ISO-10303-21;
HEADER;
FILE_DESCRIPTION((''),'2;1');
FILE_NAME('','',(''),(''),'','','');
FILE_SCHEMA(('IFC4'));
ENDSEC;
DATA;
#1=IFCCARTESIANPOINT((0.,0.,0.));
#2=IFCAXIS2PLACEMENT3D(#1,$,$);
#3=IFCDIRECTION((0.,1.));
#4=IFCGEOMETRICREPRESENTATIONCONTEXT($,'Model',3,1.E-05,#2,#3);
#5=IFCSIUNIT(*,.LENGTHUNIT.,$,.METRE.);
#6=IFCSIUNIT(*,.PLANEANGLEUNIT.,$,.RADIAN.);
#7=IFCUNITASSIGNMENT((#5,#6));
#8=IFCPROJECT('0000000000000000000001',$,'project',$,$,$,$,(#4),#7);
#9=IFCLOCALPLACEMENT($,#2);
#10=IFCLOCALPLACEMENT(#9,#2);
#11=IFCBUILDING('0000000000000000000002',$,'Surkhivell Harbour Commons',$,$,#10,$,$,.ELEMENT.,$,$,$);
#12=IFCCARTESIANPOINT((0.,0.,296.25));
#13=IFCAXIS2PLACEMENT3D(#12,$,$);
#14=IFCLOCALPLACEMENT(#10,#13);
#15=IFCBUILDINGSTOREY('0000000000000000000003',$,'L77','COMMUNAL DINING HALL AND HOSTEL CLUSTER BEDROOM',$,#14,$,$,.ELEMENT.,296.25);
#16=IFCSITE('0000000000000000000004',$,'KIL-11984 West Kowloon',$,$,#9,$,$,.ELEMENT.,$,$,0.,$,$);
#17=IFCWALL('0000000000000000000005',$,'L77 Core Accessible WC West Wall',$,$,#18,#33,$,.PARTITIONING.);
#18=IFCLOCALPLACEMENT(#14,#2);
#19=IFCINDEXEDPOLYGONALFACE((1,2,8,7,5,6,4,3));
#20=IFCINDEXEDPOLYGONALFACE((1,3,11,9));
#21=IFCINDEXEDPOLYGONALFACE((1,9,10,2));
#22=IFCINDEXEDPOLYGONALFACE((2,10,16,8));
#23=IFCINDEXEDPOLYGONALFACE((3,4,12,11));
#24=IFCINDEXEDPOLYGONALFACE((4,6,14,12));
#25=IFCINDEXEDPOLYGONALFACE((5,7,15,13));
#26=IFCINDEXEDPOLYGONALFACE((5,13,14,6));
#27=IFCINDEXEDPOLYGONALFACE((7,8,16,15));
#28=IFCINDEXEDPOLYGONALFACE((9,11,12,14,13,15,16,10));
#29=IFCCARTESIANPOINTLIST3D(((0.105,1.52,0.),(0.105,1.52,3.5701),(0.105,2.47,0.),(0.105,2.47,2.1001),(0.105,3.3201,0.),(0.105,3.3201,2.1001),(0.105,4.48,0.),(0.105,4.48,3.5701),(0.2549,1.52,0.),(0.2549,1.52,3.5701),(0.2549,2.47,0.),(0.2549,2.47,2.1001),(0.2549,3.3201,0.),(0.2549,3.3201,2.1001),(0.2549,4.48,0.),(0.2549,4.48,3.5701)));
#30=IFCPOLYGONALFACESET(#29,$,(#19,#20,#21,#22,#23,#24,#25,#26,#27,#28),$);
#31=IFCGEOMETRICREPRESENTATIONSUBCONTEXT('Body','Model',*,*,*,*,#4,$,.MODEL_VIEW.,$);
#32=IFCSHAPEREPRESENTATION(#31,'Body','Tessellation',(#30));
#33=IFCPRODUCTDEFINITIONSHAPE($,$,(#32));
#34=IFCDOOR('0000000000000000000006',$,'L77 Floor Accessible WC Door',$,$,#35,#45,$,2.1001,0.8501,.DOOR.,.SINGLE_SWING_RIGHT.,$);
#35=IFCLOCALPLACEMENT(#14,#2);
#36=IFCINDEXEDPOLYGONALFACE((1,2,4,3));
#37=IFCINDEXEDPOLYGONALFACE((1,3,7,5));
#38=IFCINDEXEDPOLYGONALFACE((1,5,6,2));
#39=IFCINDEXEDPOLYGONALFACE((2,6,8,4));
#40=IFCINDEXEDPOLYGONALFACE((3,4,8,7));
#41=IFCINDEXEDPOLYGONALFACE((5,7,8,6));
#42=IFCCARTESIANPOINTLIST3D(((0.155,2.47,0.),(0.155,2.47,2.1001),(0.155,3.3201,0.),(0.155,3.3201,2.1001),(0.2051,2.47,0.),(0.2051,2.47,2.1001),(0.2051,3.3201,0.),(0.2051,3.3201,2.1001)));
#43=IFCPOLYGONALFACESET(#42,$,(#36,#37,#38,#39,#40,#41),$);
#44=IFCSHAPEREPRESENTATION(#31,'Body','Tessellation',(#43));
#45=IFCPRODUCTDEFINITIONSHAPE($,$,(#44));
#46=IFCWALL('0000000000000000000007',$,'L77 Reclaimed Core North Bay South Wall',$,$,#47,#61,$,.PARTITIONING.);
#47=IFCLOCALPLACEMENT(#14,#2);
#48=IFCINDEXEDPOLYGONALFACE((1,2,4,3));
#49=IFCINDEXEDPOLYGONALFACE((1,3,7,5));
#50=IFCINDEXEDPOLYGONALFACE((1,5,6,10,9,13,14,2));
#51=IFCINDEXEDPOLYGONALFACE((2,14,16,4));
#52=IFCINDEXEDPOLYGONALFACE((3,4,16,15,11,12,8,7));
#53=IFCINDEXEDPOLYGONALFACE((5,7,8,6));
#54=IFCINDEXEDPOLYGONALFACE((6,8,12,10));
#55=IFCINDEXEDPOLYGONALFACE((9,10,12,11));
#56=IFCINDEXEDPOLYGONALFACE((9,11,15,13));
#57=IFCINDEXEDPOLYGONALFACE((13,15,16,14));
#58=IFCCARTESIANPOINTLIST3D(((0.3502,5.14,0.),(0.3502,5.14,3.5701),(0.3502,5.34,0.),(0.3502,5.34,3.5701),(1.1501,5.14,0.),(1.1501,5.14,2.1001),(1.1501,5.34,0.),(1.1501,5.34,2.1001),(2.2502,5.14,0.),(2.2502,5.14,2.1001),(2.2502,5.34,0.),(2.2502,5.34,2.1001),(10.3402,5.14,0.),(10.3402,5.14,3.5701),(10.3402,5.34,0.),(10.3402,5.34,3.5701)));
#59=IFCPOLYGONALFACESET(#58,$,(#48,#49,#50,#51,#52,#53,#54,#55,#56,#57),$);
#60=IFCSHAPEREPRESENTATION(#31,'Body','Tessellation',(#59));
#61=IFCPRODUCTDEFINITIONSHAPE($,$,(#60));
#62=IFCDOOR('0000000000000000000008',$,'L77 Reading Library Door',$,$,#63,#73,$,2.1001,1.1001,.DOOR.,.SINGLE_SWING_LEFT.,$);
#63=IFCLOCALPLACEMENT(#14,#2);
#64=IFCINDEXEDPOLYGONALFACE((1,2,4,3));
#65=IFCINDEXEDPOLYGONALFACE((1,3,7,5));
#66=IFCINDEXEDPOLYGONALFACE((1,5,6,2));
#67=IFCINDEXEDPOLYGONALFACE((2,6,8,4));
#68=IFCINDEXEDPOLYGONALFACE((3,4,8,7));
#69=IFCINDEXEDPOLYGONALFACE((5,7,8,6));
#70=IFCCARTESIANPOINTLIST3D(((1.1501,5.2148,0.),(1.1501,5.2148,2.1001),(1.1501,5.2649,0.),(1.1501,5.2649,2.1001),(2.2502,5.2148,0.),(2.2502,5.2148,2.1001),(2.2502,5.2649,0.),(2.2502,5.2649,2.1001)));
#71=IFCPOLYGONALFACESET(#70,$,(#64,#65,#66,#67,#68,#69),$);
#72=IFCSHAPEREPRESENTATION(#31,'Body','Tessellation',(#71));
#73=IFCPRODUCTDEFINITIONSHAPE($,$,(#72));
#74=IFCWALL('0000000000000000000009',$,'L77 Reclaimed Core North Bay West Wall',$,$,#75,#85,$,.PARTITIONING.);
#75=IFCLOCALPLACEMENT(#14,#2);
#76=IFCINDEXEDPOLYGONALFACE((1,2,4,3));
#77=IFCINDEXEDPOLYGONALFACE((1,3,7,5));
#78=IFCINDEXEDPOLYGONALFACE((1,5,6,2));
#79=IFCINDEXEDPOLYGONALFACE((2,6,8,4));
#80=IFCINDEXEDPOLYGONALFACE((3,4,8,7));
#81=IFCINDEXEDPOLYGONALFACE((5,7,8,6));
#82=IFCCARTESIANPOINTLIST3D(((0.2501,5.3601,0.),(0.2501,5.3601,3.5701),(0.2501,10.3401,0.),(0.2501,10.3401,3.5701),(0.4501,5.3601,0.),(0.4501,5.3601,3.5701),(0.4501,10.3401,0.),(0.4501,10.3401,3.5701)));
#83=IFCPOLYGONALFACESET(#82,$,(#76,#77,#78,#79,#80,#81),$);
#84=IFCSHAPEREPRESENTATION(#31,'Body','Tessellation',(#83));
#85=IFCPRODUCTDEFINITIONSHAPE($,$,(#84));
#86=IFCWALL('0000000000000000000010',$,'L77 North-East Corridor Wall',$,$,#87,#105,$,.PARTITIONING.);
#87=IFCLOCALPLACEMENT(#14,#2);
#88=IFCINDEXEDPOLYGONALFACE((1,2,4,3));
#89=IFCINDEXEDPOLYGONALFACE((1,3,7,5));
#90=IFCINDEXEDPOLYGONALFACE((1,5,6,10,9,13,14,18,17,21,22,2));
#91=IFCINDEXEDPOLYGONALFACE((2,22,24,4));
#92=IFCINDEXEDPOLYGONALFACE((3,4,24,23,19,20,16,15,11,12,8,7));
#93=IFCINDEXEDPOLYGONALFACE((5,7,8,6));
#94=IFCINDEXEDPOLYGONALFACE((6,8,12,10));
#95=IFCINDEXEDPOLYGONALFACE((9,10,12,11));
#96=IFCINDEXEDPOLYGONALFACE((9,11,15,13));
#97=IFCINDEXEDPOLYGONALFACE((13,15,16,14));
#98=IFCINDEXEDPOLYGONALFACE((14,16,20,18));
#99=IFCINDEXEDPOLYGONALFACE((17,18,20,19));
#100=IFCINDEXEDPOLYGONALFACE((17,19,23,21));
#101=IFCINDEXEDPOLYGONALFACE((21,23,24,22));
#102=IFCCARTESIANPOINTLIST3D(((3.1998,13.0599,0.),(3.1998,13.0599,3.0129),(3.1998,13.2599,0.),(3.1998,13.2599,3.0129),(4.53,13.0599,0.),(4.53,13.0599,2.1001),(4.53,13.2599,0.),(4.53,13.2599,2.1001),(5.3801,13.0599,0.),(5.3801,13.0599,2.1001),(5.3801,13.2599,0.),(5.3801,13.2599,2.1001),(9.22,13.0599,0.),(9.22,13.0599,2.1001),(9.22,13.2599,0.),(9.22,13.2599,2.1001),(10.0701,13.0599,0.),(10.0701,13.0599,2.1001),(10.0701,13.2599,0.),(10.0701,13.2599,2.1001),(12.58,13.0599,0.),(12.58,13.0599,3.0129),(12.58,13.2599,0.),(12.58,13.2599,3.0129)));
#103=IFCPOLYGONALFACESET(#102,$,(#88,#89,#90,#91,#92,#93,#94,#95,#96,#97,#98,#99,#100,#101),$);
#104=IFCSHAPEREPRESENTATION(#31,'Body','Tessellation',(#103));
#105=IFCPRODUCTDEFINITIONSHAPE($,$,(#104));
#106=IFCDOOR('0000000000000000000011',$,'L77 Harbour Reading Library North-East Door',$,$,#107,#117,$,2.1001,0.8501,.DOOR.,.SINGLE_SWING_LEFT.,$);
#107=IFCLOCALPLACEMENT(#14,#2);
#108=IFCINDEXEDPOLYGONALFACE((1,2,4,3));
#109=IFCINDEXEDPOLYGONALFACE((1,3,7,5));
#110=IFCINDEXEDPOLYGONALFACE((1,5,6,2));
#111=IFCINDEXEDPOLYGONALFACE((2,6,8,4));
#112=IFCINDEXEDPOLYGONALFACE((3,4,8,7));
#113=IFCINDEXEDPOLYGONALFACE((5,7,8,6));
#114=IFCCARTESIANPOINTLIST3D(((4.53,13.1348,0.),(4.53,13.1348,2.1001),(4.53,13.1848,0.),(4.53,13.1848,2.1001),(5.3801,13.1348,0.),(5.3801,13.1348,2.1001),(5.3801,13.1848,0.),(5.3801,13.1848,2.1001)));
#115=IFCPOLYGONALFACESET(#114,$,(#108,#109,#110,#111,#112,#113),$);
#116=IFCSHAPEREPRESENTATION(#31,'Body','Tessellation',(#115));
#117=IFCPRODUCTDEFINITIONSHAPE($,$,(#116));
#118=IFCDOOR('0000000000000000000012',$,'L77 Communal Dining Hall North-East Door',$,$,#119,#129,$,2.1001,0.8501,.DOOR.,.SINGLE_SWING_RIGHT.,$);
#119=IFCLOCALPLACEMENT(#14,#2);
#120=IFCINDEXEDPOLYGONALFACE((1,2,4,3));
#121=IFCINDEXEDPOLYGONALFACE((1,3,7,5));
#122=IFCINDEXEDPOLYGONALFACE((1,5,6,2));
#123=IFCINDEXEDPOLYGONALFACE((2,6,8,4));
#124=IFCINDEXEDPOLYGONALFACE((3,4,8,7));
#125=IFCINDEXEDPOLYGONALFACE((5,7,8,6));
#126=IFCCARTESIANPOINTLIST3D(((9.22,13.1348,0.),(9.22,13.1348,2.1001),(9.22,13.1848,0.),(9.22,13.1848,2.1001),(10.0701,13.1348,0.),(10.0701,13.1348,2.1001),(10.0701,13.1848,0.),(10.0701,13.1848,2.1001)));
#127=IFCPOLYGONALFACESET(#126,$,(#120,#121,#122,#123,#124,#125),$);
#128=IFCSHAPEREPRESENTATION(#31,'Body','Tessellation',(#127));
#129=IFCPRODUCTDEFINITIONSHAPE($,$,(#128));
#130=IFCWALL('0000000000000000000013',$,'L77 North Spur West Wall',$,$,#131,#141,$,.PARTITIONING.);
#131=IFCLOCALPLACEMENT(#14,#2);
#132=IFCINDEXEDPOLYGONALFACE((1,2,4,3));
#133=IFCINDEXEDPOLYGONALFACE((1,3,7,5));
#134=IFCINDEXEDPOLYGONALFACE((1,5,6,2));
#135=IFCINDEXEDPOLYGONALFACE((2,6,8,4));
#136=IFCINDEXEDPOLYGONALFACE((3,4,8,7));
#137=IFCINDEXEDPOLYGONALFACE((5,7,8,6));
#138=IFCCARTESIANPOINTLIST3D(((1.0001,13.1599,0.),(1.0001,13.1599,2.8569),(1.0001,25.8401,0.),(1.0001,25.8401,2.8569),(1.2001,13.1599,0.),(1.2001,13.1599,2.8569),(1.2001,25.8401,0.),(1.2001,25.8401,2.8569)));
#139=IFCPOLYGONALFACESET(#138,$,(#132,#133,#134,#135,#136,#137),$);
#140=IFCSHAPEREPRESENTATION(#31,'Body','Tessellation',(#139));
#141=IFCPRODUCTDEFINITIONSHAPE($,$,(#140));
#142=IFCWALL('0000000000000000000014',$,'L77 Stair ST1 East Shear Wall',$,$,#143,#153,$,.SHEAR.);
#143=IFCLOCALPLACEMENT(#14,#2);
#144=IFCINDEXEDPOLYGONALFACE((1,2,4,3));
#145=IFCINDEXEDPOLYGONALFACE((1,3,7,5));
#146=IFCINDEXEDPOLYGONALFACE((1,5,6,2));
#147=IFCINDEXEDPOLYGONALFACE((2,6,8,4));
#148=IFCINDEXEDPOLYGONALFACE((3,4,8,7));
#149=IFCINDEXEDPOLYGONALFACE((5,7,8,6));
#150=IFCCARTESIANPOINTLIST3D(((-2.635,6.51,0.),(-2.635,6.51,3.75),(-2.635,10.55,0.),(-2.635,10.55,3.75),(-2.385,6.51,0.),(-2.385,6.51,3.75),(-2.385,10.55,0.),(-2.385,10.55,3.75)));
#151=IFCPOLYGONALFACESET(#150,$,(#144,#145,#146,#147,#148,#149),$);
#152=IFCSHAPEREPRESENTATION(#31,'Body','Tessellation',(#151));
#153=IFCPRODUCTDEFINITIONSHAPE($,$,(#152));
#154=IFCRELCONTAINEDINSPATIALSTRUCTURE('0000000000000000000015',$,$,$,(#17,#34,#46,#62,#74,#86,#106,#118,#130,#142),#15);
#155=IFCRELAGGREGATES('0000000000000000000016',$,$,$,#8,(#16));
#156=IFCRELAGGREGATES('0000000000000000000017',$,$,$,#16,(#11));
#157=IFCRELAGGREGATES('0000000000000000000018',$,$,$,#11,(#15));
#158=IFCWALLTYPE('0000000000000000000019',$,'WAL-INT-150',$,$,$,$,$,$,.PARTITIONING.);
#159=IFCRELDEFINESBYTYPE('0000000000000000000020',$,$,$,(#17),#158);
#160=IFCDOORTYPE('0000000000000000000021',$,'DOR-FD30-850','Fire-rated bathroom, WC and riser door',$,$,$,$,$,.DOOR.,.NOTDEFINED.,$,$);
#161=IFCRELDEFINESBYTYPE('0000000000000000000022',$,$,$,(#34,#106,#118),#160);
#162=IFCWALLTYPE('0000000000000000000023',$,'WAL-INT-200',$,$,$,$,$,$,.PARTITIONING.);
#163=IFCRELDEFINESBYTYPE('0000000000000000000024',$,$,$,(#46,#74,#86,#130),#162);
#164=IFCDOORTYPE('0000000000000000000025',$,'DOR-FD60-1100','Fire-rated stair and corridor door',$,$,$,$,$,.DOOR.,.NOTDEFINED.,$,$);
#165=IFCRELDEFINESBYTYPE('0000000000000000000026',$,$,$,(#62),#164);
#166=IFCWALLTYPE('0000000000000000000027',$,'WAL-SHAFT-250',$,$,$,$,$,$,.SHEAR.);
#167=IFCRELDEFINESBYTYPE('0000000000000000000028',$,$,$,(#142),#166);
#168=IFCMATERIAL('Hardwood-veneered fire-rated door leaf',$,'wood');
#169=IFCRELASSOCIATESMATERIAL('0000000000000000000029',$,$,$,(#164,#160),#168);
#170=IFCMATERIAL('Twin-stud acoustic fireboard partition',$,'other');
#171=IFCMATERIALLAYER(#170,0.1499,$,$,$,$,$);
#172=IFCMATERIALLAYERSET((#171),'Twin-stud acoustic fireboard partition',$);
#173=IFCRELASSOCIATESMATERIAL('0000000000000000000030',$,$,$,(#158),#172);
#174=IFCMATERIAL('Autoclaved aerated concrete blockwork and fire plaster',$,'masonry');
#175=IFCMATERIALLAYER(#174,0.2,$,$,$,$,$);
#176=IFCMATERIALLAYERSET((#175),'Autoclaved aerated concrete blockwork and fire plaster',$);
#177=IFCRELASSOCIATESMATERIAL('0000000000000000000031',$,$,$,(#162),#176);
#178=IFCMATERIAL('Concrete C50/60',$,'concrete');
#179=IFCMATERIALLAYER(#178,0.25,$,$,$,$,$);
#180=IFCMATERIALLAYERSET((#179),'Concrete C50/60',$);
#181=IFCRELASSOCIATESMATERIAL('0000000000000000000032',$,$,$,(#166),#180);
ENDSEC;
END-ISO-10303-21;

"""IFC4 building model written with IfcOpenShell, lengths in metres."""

from ifc_helpers import new_model, si_unit, direction, frame, frame_2d, origin, place, context, subcontext, project, spatial, rectangle, extrude, material, layer, layer_set, type_object, element, fill, save


model = new_model("IFC4")

# Units and contexts
model_context = context("Model", 3, precision=1e-05, world=origin(), true_north=direction((0.0, 1.0)))
body_context = subcontext(model_context, "Body", "Model", "MODEL_VIEW")
ifc_project = project(units=[si_unit("LENGTHUNIT", "METRE"), si_unit("PLANEANGLEUNIT", "RADIAN")], contexts=[model_context])

# Site, building, storey
site_placement = place(None, origin())
site = spatial("IfcSite", under=ifc_project, at=site_placement, Name="KIL-11984 West Kowloon", CompositionType="ELEMENT", RefElevation=0.0)
building_placement = place(site_placement, origin())
building = spatial("IfcBuilding", under=site, at=building_placement, Name="Surkhivell Harbour Commons", CompositionType="ELEMENT")
storey_placement = place(building_placement, frame((0.0, 0.0, 296.25)))
storey = spatial("IfcBuildingStorey", under=building, at=storey_placement, Name="L77", Description="COMMUNAL DINING HALL AND HOSTEL CLUSTER BEDROOM", CompositionType="ELEMENT", Elevation=296.25)

# Shared definitions
ifc_material_1 = material(Name="Concrete C50/60", Category="concrete")
ifc_material_2 = material(Name="Hardwood-veneered fire-rated door leaf", Category="wood")
door_type_1 = type_object("IfcDoorType", Name="DOR-FD60-1100", Description="Fire-rated stair and corridor door", OperationType="NOTDEFINED", PredefinedType="DOOR", material=ifc_material_2)

# Shared definitions
ifc_material_3 = material(Name="Twin-stud acoustic fireboard partition", Category="other")
ifc_layer_1 = layer(ifc_material_3, 0.1499)
ifc_layer_set_1 = layer_set([ifc_layer_1], Name="Twin-stud acoustic fireboard partition")
wall_type_1 = type_object("IfcWallType", Name="WAL-INT-150", PredefinedType="PARTITIONING", material=ifc_layer_set_1)

# Walls, openings, doors
wall_1_placement = place(storey_placement, frame((0.1799, 1.52, 0.0), z_axis=(0.0, 0.0, 1.0), x_axis=(0.0, 1.0, 0.0)))
wall_1 = element("IfcWall", 1, at=wall_1_placement, inside=storey, type_object=wall_type_1, Name="L77 Core Accessible WC West Wall", PredefinedType="PARTITIONING", context=body_context, shape_type="SweptSolid", body=[
    extrude(rectangle(XDim=2.96, YDim=0.1499, at=frame_2d((1.48, 0.0))), origin(), (0.0, 0.0, 1.0), 3.5701),
])
opening_1_placement = place(wall_1_placement, frame((0.95, 0.0, 0.0)))
opening_1 = element("IfcOpeningElement", 2, at=opening_1_placement, cuts=wall_1, PredefinedType="OPENING", context=body_context, shape_type="SweptSolid", body=[
    extrude(rectangle(XDim=0.8501, YDim=2.1001, at=frame_2d((0.425, 1.05))), frame((0.0, 0.085, 0.0), z_axis=(0.0, -1.0, 0.0), x_axis=(1.0, 0.0, 0.0)), (0.0, 0.0, 1.0), 0.1699),
])
door_type_2 = type_object("IfcDoorType", Name="DOR-FD30-850", Description="Fire-rated bathroom, WC and riser door", OperationType="NOTDEFINED", PredefinedType="DOOR", material=ifc_material_2)
door_1_placement = place(opening_1_placement, origin())
door_1 = element("IfcDoor", 3, at=door_1_placement, inside=storey, type_object=door_type_2, Name="L77 Floor Accessible WC Door", OperationType="SINGLE_SWING_RIGHT", OverallHeight=2.1001, OverallWidth=0.8501, PredefinedType="DOOR", context=body_context, shape_type="SweptSolid", body=[
    extrude(rectangle(XDim=0.8501, YDim=2.1001, at=frame_2d((0.425, 1.05))), frame((0.0, 0.0249, 0.0), z_axis=(0.0, -1.0, 0.0), x_axis=(1.0, 0.0, 0.0)), (0.0, 0.0, 1.0), 0.05),
])
fill(opening_1, door_1)
ifc_material_4 = material(Name="Autoclaved aerated concrete blockwork and fire plaster", Category="masonry")
ifc_layer_2 = layer(ifc_material_4, 0.2)
ifc_layer_set_2 = layer_set([ifc_layer_2], Name="Autoclaved aerated concrete blockwork and fire plaster")
wall_type_2 = type_object("IfcWallType", Name="WAL-INT-200", PredefinedType="PARTITIONING", material=ifc_layer_set_2)
wall_2_placement = place(storey_placement, frame((0.3501, 5.24, 0.0), z_axis=(0.0, 0.0, 1.0), x_axis=(1.0, 0.0, 0.0)))
wall_2 = element("IfcWall", 4, at=wall_2_placement, inside=storey, type_object=wall_type_2, Name="L77 Reclaimed Core North Bay South Wall", PredefinedType="PARTITIONING", context=body_context, shape_type="SweptSolid", body=[
    extrude(rectangle(XDim=9.99, YDim=0.2, at=frame_2d((4.9951, 0.0))), origin(), (0.0, 0.0, 1.0), 3.5701),
])
opening_2_placement = place(wall_2_placement, frame((0.8, 0.0, 0.0)))
opening_2 = element("IfcOpeningElement", 5, at=opening_2_placement, cuts=wall_2, PredefinedType="OPENING", context=body_context, shape_type="SweptSolid", body=[
    extrude(rectangle(XDim=1.1001, YDim=2.1001, at=frame_2d((0.55, 1.05))), frame((0.0, 0.1099, 0.0), z_axis=(0.0, -1.0, 0.0), x_axis=(1.0, 0.0, 0.0)), (0.0, 0.0, 1.0), 0.22),
])
door_2_placement = place(opening_2_placement, origin())
door_2 = element("IfcDoor", 6, at=door_2_placement, inside=storey, type_object=door_type_1, Name="L77 Reading Library Door", OperationType="SINGLE_SWING_LEFT", OverallHeight=2.1001, OverallWidth=1.1001, PredefinedType="DOOR", context=body_context, shape_type="SweptSolid", body=[
    extrude(rectangle(XDim=1.1001, YDim=2.1001, at=frame_2d((0.55, 1.05))), frame((0.0, 0.0249, 0.0), z_axis=(0.0, -1.0, 0.0), x_axis=(1.0, 0.0, 0.0)), (0.0, 0.0, 1.0), 0.05),
])
fill(opening_2, door_2)

# Wall
wall_3_placement = place(storey_placement, frame((0.3501, 5.3601, 0.0), z_axis=(0.0, 0.0, 1.0), x_axis=(0.0, 1.0, 0.0)))
element("IfcWall", 7, at=wall_3_placement, inside=storey, type_object=wall_type_2, Name="L77 Reclaimed Core North Bay West Wall", PredefinedType="PARTITIONING", context=body_context, shape_type="SweptSolid", body=[
    extrude(rectangle(XDim=4.98, YDim=0.2, at=frame_2d((2.49, 0.0))), origin(), (0.0, 0.0, 1.0), 3.5701),
])

# Wall, openings, doors
wall_4_placement = place(storey_placement, frame((3.2, 13.1599, 0.0), z_axis=(0.0, 0.0, 1.0), x_axis=(1.0, 0.0, 0.0)))
wall_4 = element("IfcWall", 8, at=wall_4_placement, inside=storey, type_object=wall_type_2, Name="L77 North-East Corridor Wall", PredefinedType="PARTITIONING", context=body_context, shape_type="SweptSolid", body=[
    extrude(rectangle(XDim=9.3801, YDim=0.2, at=frame_2d((4.6899, 0.0))), origin(), (0.0, 0.0, 1.0), 3.0129),
])
opening_3_placement = place(wall_4_placement, frame((1.3301, 0.0, 0.0)))
opening_3 = element("IfcOpeningElement", 9, at=opening_3_placement, cuts=wall_4, PredefinedType="OPENING", context=body_context, shape_type="SweptSolid", body=[
    extrude(rectangle(XDim=0.8501, YDim=2.1001, at=frame_2d((0.425, 1.05))), frame((0.0, 0.1099, 0.0), z_axis=(0.0, -1.0, 0.0), x_axis=(1.0, 0.0, 0.0)), (0.0, 0.0, 1.0), 0.22),
])
opening_4_placement = place(wall_4_placement, frame((6.02, 0.0, 0.0)))
opening_4 = element("IfcOpeningElement", 10, at=opening_4_placement, cuts=wall_4, PredefinedType="OPENING", context=body_context, shape_type="SweptSolid", body=[
    extrude(rectangle(XDim=0.8501, YDim=2.1001, at=frame_2d((0.425, 1.05))), frame((0.0, 0.1099, 0.0), z_axis=(0.0, -1.0, 0.0), x_axis=(1.0, 0.0, 0.0)), (0.0, 0.0, 1.0), 0.22),
])
door_3_placement = place(opening_3_placement, origin())
door_3 = element("IfcDoor", 11, at=door_3_placement, inside=storey, type_object=door_type_2, Name="L77 Harbour Reading Library North-East Door", OperationType="SINGLE_SWING_LEFT", OverallHeight=2.1001, OverallWidth=0.8501, PredefinedType="DOOR", context=body_context, shape_type="SweptSolid", body=[
    extrude(rectangle(XDim=0.8501, YDim=2.1001, at=frame_2d((0.425, 1.05))), frame((0.0, 0.0249, 0.0), z_axis=(0.0, -1.0, 0.0), x_axis=(1.0, 0.0, 0.0)), (0.0, 0.0, 1.0), 0.05),
])
fill(opening_3, door_3)
door_4_placement = place(opening_4_placement, origin())
door_4 = element("IfcDoor", 12, at=door_4_placement, inside=storey, type_object=door_type_2, Name="L77 Communal Dining Hall North-East Door", OperationType="SINGLE_SWING_RIGHT", OverallHeight=2.1001, OverallWidth=0.8501, PredefinedType="DOOR", context=body_context, shape_type="SweptSolid", body=[
    extrude(rectangle(XDim=0.8501, YDim=2.1001, at=frame_2d((0.425, 1.05))), frame((0.0, 0.0249, 0.0), z_axis=(0.0, -1.0, 0.0), x_axis=(1.0, 0.0, 0.0)), (0.0, 0.0, 1.0), 0.05),
])
fill(opening_4, door_4)

# Walls
wall_5_placement = place(storey_placement, frame((1.1001, 13.1599, 0.0), z_axis=(0.0, 0.0, 1.0), x_axis=(0.0, 1.0, 0.0)))
element("IfcWall", 13, at=wall_5_placement, inside=storey, type_object=wall_type_2, Name="L77 North Spur West Wall", PredefinedType="PARTITIONING", context=body_context, shape_type="SweptSolid", body=[
    extrude(rectangle(XDim=12.6802, YDim=0.2, at=frame_2d((6.3401, 0.0))), origin(), (0.0, 0.0, 1.0), 2.8569),
])
ifc_layer_3 = layer(ifc_material_1, 0.25)
ifc_layer_set_3 = layer_set([ifc_layer_3], Name="Concrete C50/60")
wall_type_3 = type_object("IfcWallType", Name="WAL-SHAFT-250", PredefinedType="SHEAR", material=ifc_layer_set_3)
wall_6_placement = place(storey_placement, frame((-2.51, 6.51, 0.0), z_axis=(0.0, 0.0, 1.0), x_axis=(0.0, 1.0, 0.0)))
element("IfcWall", 14, at=wall_6_placement, inside=storey, type_object=wall_type_3, Name="L77 Stair ST1 East Shear Wall", PredefinedType="SHEAR", context=body_context, shape_type="SweptSolid", body=[
    extrude(rectangle(XDim=4.04, YDim=0.25, at=frame_2d((2.02, 0.0))), origin(), (0.0, 0.0, 1.0), 3.75),
])

save(model, "model.ifc")
